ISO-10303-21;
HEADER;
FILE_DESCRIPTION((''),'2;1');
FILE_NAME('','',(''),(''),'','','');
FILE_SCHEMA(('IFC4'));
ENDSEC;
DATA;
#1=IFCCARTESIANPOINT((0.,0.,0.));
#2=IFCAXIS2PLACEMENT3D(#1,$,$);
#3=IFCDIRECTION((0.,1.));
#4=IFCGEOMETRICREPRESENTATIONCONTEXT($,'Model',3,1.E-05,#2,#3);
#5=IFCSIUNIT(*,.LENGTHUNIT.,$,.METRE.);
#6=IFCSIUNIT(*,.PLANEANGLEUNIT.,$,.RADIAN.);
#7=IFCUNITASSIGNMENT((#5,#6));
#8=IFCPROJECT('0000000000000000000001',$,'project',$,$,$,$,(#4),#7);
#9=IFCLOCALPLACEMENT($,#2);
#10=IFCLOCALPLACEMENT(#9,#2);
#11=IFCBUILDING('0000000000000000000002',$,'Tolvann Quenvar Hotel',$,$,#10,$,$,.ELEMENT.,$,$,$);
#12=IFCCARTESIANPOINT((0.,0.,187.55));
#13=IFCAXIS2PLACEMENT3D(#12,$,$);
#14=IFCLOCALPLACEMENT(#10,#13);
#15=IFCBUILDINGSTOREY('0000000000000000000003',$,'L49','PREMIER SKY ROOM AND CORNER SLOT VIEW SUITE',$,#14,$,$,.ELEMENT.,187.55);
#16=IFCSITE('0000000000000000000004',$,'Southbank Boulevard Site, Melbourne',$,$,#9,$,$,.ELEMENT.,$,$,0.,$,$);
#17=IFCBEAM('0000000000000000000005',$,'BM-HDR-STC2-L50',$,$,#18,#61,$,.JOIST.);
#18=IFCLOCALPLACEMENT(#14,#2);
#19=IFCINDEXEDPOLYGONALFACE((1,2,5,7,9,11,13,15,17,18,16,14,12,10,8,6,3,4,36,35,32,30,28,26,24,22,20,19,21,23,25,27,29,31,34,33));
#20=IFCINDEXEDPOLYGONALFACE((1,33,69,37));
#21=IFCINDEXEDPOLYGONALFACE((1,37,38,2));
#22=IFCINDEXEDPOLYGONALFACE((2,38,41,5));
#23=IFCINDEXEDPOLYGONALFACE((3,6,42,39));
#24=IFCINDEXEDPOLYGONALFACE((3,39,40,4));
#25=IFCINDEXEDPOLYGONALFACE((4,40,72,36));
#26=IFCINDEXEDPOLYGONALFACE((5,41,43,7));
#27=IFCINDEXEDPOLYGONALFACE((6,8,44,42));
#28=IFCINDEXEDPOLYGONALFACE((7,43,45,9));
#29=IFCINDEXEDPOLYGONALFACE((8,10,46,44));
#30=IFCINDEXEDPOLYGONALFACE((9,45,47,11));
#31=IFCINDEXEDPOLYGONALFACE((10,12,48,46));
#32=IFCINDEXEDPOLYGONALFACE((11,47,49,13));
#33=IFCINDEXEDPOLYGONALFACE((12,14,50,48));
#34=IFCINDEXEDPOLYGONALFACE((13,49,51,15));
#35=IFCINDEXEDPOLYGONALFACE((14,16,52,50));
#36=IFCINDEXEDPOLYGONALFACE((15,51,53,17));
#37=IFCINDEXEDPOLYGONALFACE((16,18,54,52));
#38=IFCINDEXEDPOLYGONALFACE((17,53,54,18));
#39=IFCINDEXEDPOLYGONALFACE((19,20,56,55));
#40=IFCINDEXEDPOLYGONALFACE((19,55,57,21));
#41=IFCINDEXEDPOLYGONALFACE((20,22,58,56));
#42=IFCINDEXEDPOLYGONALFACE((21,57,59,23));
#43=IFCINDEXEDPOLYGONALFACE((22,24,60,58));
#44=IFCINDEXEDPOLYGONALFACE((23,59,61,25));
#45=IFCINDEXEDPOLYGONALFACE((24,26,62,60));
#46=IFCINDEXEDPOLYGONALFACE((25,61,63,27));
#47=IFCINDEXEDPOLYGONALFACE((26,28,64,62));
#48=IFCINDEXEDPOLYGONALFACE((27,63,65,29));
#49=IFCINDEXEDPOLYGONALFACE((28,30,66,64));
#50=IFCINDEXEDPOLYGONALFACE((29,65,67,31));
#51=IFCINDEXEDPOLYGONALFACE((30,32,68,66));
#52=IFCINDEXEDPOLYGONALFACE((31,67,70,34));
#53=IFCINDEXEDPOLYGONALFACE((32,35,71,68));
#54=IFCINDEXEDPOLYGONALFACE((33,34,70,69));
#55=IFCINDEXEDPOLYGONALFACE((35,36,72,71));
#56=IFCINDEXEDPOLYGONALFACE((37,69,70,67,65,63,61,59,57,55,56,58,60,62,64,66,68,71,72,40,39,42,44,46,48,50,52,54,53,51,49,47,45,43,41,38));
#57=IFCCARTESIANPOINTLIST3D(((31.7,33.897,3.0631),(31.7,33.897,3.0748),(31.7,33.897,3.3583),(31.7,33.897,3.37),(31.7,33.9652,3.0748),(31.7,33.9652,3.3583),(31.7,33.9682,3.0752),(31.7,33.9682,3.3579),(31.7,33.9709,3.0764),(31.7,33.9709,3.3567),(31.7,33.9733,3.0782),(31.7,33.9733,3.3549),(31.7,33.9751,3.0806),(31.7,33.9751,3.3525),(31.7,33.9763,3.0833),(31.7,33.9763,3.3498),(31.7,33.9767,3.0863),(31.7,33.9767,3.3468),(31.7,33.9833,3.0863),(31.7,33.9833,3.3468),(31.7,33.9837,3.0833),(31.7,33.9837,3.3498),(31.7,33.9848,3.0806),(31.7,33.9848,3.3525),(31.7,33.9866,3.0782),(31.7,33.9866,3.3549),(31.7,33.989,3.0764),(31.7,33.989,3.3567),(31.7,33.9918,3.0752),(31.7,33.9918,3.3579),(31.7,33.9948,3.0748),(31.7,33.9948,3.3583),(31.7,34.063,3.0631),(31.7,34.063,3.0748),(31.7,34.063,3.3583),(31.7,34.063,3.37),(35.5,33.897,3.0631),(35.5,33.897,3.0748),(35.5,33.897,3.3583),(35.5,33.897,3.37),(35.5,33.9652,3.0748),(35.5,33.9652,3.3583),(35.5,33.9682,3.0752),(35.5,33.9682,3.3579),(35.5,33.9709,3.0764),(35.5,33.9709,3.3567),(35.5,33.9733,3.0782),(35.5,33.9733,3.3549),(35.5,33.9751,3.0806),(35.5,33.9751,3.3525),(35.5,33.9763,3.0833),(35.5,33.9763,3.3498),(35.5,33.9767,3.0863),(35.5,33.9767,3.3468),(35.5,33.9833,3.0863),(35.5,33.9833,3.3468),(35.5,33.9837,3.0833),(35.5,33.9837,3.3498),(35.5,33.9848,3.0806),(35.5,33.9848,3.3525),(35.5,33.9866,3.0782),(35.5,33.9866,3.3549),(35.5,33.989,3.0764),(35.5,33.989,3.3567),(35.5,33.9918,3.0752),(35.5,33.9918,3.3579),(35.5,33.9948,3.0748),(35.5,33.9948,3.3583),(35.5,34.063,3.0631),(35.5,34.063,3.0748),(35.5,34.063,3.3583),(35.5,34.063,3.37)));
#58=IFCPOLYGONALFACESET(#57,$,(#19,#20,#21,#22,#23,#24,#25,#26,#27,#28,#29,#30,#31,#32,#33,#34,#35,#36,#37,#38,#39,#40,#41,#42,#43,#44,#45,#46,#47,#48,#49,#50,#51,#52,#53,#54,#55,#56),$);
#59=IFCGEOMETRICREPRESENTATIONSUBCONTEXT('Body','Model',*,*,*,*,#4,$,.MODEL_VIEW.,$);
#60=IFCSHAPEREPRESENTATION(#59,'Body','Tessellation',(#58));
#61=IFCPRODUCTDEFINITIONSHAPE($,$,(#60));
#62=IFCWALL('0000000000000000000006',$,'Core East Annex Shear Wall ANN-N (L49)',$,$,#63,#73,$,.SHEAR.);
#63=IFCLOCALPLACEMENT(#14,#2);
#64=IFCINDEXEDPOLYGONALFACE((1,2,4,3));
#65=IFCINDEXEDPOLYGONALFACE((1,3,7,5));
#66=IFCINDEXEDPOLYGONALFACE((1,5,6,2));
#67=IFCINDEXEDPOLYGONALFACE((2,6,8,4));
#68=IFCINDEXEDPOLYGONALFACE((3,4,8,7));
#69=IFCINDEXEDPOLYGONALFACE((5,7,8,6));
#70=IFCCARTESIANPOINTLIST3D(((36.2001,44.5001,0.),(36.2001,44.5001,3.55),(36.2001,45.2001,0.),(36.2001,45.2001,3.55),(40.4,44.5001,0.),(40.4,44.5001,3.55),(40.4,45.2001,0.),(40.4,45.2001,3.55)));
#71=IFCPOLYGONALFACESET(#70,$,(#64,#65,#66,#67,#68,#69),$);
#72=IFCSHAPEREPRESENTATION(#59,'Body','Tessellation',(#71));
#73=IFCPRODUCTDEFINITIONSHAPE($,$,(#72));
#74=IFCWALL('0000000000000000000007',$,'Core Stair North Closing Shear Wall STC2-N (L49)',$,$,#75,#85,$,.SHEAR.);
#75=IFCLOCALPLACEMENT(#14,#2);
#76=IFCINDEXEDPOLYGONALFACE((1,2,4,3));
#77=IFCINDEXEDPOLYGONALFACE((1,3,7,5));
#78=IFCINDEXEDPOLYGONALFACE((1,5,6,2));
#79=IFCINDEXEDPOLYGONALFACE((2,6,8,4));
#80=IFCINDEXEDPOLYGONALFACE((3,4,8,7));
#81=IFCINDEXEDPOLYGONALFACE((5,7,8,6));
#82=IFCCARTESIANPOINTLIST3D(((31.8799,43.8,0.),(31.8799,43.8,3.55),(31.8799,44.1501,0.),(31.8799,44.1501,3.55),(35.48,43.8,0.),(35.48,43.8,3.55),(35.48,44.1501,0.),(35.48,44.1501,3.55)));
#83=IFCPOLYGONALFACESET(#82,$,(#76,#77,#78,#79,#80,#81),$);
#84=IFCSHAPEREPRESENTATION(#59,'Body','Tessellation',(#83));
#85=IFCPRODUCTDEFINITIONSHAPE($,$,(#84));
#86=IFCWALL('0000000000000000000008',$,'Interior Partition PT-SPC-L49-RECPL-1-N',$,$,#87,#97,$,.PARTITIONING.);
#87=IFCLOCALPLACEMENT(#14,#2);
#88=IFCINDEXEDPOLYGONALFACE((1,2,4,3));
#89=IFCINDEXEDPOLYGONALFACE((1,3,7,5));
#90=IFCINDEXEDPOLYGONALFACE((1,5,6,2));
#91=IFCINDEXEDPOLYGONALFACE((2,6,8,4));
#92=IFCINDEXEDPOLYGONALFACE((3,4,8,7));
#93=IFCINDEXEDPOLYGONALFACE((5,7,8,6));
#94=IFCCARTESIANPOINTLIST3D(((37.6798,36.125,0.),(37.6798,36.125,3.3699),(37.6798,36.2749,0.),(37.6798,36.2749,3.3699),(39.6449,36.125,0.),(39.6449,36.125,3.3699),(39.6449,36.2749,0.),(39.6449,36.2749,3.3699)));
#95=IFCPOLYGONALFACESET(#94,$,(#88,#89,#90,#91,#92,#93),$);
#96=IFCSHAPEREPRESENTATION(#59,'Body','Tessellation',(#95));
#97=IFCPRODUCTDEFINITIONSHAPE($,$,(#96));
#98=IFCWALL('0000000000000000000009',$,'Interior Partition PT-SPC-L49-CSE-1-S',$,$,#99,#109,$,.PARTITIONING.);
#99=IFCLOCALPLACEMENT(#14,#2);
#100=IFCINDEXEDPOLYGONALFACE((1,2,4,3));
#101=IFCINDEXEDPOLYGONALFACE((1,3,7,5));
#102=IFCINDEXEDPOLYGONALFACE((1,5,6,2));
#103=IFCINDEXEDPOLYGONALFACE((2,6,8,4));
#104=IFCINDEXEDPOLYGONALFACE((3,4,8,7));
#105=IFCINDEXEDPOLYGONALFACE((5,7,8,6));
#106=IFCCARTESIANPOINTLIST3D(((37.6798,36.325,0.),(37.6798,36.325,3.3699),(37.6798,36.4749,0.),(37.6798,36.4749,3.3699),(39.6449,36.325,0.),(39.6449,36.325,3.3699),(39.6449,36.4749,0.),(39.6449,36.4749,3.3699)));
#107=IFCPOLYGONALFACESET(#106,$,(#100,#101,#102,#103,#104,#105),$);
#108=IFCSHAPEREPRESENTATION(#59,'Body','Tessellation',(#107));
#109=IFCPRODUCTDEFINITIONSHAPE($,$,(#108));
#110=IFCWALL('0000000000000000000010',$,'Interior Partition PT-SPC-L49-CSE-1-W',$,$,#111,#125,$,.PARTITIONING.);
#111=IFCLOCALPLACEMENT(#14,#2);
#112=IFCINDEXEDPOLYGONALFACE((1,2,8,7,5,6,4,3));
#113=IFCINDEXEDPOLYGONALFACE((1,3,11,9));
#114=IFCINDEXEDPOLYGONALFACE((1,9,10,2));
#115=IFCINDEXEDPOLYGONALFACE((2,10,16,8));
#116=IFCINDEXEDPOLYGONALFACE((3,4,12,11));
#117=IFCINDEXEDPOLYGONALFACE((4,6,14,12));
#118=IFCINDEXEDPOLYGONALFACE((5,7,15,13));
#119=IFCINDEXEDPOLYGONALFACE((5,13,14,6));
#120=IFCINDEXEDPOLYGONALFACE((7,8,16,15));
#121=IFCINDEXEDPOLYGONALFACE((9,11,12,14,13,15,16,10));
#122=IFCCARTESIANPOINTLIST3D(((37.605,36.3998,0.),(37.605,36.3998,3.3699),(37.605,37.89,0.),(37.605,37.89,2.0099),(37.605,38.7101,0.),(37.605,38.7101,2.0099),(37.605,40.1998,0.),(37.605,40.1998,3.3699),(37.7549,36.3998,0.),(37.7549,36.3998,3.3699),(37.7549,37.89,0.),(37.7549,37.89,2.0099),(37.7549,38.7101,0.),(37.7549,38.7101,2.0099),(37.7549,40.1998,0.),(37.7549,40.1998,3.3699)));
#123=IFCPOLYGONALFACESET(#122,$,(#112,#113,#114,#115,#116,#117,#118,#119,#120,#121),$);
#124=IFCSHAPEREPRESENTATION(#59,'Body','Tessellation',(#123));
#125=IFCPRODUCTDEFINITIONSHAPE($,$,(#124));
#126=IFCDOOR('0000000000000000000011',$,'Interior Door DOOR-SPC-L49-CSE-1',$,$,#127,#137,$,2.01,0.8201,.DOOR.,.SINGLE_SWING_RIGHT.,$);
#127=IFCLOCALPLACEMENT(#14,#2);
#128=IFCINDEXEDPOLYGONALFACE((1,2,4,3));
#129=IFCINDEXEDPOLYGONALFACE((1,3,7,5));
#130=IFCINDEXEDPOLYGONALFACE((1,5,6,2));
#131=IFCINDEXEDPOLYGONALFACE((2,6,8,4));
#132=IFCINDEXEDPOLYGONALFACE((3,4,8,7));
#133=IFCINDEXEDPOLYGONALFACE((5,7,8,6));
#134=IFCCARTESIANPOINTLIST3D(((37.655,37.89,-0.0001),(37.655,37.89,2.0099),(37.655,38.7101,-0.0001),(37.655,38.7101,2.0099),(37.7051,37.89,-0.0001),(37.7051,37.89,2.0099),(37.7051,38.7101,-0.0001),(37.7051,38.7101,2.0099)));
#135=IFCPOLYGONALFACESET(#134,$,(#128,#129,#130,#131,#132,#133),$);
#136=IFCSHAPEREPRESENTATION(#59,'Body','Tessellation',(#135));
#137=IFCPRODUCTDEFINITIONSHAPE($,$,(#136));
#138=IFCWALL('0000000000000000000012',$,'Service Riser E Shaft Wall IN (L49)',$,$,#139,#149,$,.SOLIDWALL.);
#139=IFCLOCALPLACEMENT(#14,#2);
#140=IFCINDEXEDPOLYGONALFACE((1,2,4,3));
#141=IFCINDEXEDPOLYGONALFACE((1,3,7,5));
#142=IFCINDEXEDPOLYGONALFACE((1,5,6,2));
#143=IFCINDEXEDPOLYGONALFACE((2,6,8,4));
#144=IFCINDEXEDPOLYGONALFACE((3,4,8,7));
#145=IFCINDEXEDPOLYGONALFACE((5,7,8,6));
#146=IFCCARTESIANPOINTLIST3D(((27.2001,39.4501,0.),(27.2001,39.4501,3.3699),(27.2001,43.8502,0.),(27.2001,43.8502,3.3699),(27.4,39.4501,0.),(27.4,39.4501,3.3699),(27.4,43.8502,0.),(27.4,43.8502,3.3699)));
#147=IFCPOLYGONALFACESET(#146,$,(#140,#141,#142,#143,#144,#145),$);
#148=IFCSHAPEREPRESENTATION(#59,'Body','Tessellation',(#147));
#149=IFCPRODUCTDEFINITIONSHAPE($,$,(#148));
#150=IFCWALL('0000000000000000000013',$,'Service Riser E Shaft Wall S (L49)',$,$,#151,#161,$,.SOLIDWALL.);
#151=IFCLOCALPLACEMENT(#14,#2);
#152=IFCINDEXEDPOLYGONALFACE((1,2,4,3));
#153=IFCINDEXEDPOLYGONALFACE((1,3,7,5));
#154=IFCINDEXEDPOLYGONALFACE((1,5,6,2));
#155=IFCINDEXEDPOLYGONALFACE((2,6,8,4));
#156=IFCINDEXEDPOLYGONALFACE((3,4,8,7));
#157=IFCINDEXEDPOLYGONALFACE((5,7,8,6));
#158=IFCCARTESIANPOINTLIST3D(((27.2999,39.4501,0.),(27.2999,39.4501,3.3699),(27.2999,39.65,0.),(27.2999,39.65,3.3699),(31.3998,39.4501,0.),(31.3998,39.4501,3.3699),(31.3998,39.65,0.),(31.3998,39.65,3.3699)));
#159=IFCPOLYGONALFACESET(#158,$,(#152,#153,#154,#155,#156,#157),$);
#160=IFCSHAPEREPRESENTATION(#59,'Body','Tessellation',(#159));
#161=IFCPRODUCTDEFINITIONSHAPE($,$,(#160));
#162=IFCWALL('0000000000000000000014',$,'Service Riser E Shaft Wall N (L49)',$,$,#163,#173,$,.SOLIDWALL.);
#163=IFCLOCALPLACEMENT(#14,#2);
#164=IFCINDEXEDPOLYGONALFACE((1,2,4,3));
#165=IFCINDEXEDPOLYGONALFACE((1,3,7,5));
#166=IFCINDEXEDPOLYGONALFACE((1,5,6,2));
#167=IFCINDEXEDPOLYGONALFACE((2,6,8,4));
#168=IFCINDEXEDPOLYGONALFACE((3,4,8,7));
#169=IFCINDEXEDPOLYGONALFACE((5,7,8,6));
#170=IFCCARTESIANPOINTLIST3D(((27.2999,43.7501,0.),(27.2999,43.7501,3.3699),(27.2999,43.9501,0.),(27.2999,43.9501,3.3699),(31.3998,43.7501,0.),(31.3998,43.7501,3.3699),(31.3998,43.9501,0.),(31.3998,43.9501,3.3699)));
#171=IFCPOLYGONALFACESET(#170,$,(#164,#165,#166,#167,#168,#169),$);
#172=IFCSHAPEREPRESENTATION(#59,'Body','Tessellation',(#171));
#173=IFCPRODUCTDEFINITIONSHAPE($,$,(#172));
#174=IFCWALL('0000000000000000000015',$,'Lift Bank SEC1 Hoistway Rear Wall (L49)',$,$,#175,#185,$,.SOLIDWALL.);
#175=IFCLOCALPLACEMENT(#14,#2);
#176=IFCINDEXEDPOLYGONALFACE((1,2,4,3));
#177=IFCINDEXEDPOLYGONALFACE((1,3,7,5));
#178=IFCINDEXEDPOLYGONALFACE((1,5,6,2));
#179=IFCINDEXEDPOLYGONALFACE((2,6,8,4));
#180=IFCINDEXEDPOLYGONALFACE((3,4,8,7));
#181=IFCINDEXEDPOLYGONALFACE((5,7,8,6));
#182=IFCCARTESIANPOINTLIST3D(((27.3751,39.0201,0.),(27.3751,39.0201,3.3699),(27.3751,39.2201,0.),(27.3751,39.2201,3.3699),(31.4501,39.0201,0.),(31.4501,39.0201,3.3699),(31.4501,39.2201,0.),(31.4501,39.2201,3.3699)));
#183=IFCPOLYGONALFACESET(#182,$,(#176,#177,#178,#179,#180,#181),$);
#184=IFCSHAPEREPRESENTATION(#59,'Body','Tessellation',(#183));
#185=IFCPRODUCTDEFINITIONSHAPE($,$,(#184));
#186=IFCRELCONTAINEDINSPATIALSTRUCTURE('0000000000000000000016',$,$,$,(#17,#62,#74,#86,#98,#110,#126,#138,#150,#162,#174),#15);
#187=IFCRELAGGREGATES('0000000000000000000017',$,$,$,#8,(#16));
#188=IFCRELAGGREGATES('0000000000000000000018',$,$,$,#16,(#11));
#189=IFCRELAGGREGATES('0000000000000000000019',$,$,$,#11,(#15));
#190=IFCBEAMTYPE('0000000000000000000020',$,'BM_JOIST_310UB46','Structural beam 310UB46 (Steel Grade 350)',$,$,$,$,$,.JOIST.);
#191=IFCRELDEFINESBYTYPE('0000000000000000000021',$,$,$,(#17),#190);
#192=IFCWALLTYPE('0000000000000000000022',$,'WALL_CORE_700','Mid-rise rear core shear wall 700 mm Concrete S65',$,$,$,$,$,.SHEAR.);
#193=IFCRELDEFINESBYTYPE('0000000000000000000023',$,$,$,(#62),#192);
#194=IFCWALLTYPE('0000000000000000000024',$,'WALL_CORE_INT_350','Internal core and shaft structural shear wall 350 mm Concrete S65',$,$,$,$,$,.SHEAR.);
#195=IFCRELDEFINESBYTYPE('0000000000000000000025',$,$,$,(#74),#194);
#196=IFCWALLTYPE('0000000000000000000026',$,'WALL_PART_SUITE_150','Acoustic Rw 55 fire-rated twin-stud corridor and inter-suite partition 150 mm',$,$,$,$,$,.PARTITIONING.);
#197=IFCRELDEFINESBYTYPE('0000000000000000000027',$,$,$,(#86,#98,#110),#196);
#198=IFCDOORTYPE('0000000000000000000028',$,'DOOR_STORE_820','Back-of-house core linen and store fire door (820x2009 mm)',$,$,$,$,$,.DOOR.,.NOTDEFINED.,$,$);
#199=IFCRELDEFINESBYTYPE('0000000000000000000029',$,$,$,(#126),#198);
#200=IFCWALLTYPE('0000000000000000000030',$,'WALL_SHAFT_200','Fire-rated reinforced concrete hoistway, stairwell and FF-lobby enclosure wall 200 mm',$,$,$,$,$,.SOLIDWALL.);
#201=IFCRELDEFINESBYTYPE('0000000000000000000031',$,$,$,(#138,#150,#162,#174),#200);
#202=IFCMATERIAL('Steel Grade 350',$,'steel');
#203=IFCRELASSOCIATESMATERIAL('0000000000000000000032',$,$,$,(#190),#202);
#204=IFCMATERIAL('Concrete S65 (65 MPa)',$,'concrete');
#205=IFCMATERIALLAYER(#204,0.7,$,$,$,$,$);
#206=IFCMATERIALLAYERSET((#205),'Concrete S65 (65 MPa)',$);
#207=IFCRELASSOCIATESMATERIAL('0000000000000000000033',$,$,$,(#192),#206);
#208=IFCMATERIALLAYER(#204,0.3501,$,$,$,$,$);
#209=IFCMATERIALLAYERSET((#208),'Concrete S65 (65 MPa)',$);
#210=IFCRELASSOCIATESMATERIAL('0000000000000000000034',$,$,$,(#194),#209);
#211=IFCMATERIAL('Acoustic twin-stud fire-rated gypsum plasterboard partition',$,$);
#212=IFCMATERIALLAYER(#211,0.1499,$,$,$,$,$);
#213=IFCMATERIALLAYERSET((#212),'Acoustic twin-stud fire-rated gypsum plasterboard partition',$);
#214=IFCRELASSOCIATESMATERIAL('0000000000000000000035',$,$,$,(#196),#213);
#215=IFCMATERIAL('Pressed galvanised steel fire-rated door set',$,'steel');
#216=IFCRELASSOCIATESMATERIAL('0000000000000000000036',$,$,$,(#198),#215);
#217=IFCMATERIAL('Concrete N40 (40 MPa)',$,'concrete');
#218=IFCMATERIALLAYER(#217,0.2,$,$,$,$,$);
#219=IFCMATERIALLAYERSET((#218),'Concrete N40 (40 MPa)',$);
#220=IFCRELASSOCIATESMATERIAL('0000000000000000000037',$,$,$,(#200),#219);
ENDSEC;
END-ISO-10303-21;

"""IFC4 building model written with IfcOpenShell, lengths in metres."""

from ifc_helpers import new_model, si_unit, direction, frame, frame_2d, origin, origin_2d, place, context, subcontext, project, spatial, rectangle, i_section, extrude, source, transform, mapped, material, layer, layer_set, material_profile, profile_set, type_object, type_shapes, element, fill, save


model = new_model("IFC4")

# Units and contexts
model_context = context("Model", 3, precision=1e-05, world=origin(), true_north=direction((0.0, 1.0)))
body_context = subcontext(model_context, "Body", "Model", "MODEL_VIEW")
ifc_project = project(units=[si_unit("LENGTHUNIT", "METRE"), si_unit("PLANEANGLEUNIT", "RADIAN")], contexts=[model_context])

# Site, building, storey
site_placement = place(None, origin())
site = spatial("IfcSite", under=ifc_project, at=site_placement, Name="Southbank Boulevard Site, Melbourne", CompositionType="ELEMENT", RefElevation=0.0)
building_placement = place(site_placement, origin())
building = spatial("IfcBuilding", under=site, at=building_placement, Name="Tolvann Quenvar Hotel", CompositionType="ELEMENT")
storey_placement = place(building_placement, frame((0.0, 0.0, 187.55)))
storey = spatial("IfcBuildingStorey", under=building, at=storey_placement, Name="L49", Description="PREMIER SKY ROOM AND CORNER SLOT VIEW SUITE", CompositionType="ELEMENT", Elevation=187.55)

# Beam
ifc_material_1 = material(Name="Steel Grade 350", Category="steel")
ifc_material_profile = material_profile(ifc_material_1, i_section(OverallWidth=0.166, OverallDepth=0.3069, WebThickness=0.0066, FlangeThickness=0.0117, FilletRadius=0.0115, at=origin_2d()), Name="310UB46")
ifc_profile_set = profile_set([ifc_material_profile], Name="Steel Grade 350")
beam_type = type_object("IfcBeamType", Name="BM_JOIST_310UB46", Description="Structural beam 310UB46 (Steel Grade 350)", PredefinedType="JOIST", material=ifc_profile_set)
shared_shape_1 = source(origin(), body_context, "Body", "SweptSolid", [
    extrude(i_section(OverallWidth=0.166, OverallDepth=0.3069, WebThickness=0.0066, FlangeThickness=0.0117, FilletRadius=0.0115, at=origin_2d()), origin(), (0.0, 0.0, 1.0), 3.8),
])
type_shapes(beam_type, [shared_shape_1])
beam_placement = place(storey_placement, frame((31.7, 33.98, 3.2166), z_axis=(1.0, 0.0, 0.0), x_axis=(0.0, 1.0, 0.0)))
element("IfcBeam", 1, at=beam_placement, inside=storey, type_object=beam_type, Name="BM-HDR-STC2-L50", PredefinedType="JOIST", context=body_context, shape_type="MappedRepresentation", body=[
    mapped(shared_shape_1, transform((0.0, 0.0, 0.0), x_axis=(1.0, 0.0, 0.0), y_axis=(0.0, 1.0, 0.0), z_axis=(0.0, 0.0, 1.0), scale=1.0)),
])

# Walls
ifc_material_2 = material(Name="Concrete S65 (65 MPa)", Category="concrete")
ifc_layer_1 = layer(ifc_material_2, 0.7)
ifc_layer_set_1 = layer_set([ifc_layer_1], Name="Concrete S65 (65 MPa)")
wall_type_1 = type_object("IfcWallType", Name="WALL_CORE_700", Description="Mid-rise rear core shear wall 700 mm Concrete S65", PredefinedType="SHEAR", material=ifc_layer_set_1)
wall_1_placement = place(storey_placement, frame((36.2, 44.8501, 0.0), z_axis=(0.0, 0.0, 1.0), x_axis=(1.0, 0.0, 0.0)))
element("IfcWall", 2, at=wall_1_placement, inside=storey, type_object=wall_type_1, Name="Core East Annex Shear Wall ANN-N (L49)", PredefinedType="SHEAR", context=body_context, shape_type="SweptSolid", body=[
    extrude(rectangle(XDim=4.2, YDim=0.7, at=frame_2d((2.1001, 0.0))), origin(), (0.0, 0.0, 1.0), 3.55),
])
ifc_layer_2 = layer(ifc_material_2, 0.3501)
ifc_layer_set_2 = layer_set([ifc_layer_2], Name="Concrete S65 (65 MPa)")
wall_type_2 = type_object("IfcWallType", Name="WALL_CORE_INT_350", Description="Internal core and shaft structural shear wall 350 mm Concrete S65", PredefinedType="SHEAR", material=ifc_layer_set_2)
wall_2_placement = place(storey_placement, frame((31.8799, 43.9751, 0.0), z_axis=(0.0, 0.0, 1.0), x_axis=(1.0, 0.0, 0.0)))
element("IfcWall", 3, at=wall_2_placement, inside=storey, type_object=wall_type_2, Name="Core Stair North Closing Shear Wall STC2-N (L49)", PredefinedType="SHEAR", context=body_context, shape_type="SweptSolid", body=[
    extrude(rectangle(XDim=3.6001, YDim=0.3501, at=frame_2d((1.8, 0.0))), origin(), (0.0, 0.0, 1.0), 3.55),
])
ifc_material_3 = material(Name="Acoustic twin-stud fire-rated gypsum plasterboard partition")
ifc_layer_3 = layer(ifc_material_3, 0.1499)
ifc_layer_set_3 = layer_set([ifc_layer_3], Name="Acoustic twin-stud fire-rated gypsum plasterboard partition")
wall_type_3 = type_object("IfcWallType", Name="WALL_PART_SUITE_150", Description="Acoustic Rw 55 fire-rated twin-stud corridor and inter-suite partition 150 mm", PredefinedType="PARTITIONING", material=ifc_layer_set_3)
for number, where, z_axis, x_axis, name in (
    (4, (37.6799, 36.2, 0.0), (0.0, 0.0, 1.0), (1.0, 0.0, 0.0), "Interior Partition PT-SPC-L49-RECPL-1-N"),
    (5, (37.6799, 36.3999, 0.0), (0.0, 0.0, 1.0), (1.0, 0.0, 0.0), "Interior Partition PT-SPC-L49-CSE-1-S"),
):
    element("IfcWall", number, at=place(storey_placement, frame(where, z_axis=z_axis, x_axis=x_axis)), inside=storey, type_object=wall_type_3, Name=name, PredefinedType="PARTITIONING", context=body_context, shape_type="SweptSolid", body=[
        extrude(rectangle(XDim=1.9651, YDim=0.1499, at=frame_2d((0.9824, 0.0))), origin(), (0.0, 0.0, 1.0), 3.3699),
    ])

# Wall, opening, door
wall_3_placement = place(storey_placement, frame((37.6799, 36.3999, 0.0), z_axis=(0.0, 0.0, 1.0), x_axis=(0.0, 1.0, 0.0)))
wall_3 = element("IfcWall", 6, at=wall_3_placement, inside=storey, type_object=wall_type_3, Name="Interior Partition PT-SPC-L49-CSE-1-W", PredefinedType="PARTITIONING", context=body_context, shape_type="SweptSolid", body=[
    extrude(rectangle(XDim=3.8, YDim=0.1499, at=frame_2d((1.8999, 0.0))), origin(), (0.0, 0.0, 1.0), 3.3699),
])
opening_1_placement = place(wall_3_placement, frame((1.49, 0.0, 0.0)))
opening_1 = element("IfcOpeningElement", 7, at=opening_1_placement, cuts=wall_3, PredefinedType="OPENING", context=body_context, shape_type="SweptSolid", body=[
    extrude(rectangle(XDim=0.8201, YDim=2.01, at=frame_2d((0.4102, 1.0049))), frame((0.0, 0.085, 0.0), z_axis=(0.0, -1.0, 0.0), x_axis=(1.0, 0.0, 0.0)), (0.0, 0.0, 1.0), 0.1699),
])
ifc_material_4 = material(Name="Pressed galvanised steel fire-rated door set", Category="steel")
door_type_1 = type_object("IfcDoorType", Name="DOOR_STORE_820", Description="Back-of-house core linen and store fire door (820x2009 mm)", OperationType="NOTDEFINED", PredefinedType="DOOR", material=ifc_material_4)
shared_shape_2 = source(origin(), body_context, "Body", "SweptSolid", [
    extrude(rectangle(XDim=0.8201, YDim=2.01, at=frame_2d((0.4102, 1.0049))), frame((0.0, 0.0249, 0.0), z_axis=(0.0, -1.0, 0.0), x_axis=(1.0, 0.0, 0.0)), (0.0, 0.0, 1.0), 0.05),
])
type_shapes(door_type_1, [shared_shape_2])
door_1_placement = place(opening_1_placement, origin())
door_1 = element("IfcDoor", 8, at=door_1_placement, inside=storey, type_object=door_type_1, Name="Interior Door DOOR-SPC-L49-CSE-1", OperationType="SINGLE_SWING_RIGHT", OverallHeight=2.01, OverallWidth=0.8201, PredefinedType="DOOR", context=body_context, shape_type="MappedRepresentation", body=[
    mapped(shared_shape_2, transform((0.0, 0.0, 0.0), x_axis=(1.0, 0.0, 0.0), y_axis=(0.0, 1.0, 0.0), z_axis=(0.0, 0.0, 1.0), scale=1.0)),
])
fill(opening_1, door_1)

# Walls
ifc_material_5 = material(Name="Concrete N40 (40 MPa)", Category="concrete")
ifc_layer_4 = layer(ifc_material_5, 0.2)
ifc_layer_set_4 = layer_set([ifc_layer_4], Name="Concrete N40 (40 MPa)")
wall_type_4 = type_object("IfcWallType", Name="WALL_SHAFT_200", Description="Fire-rated reinforced concrete hoistway, stairwell and FF-lobby enclosure wall 200 mm", PredefinedType="SOLIDWALL", material=ifc_layer_set_4)
wall_4_placement = place(storey_placement, frame((27.3, 39.45, 0.0), z_axis=(0.0, 0.0, 1.0), x_axis=(0.0, 1.0, 0.0)))
element("IfcWall", 9, at=wall_4_placement, inside=storey, type_object=wall_type_4, Name="Service Riser E Shaft Wall IN (L49)", PredefinedType="SOLIDWALL", context=body_context, shape_type="SweptSolid", body=[
    extrude(rectangle(XDim=4.4001, YDim=0.2, at=frame_2d((2.2002, 0.0))), origin(), (0.0, 0.0, 1.0), 3.3699),
])
for number, where, z_axis, x_axis, name in (
    (10, (27.3, 39.55, 0.0), (0.0, 0.0, 1.0), (1.0, 0.0, 0.0), "Service Riser E Shaft Wall S (L49)"),
    (11, (27.3, 43.8501, 0.0), (0.0, 0.0, 1.0), (1.0, 0.0, 0.0), "Service Riser E Shaft Wall N (L49)"),
):
    element("IfcWall", number, at=place(storey_placement, frame(where, z_axis=z_axis, x_axis=x_axis)), inside=storey, type_object=wall_type_4, Name=name, PredefinedType="SOLIDWALL", context=body_context, shape_type="SweptSolid", body=[
        extrude(rectangle(XDim=4.0999, YDim=0.2, at=frame_2d((2.0498, 0.0))), origin(), (0.0, 0.0, 1.0), 3.3699),
    ])

# Wall
wall_5_placement = place(storey_placement, frame((27.375, 39.1201, 0.0), z_axis=(0.0, 0.0, 1.0), x_axis=(1.0, 0.0, 0.0)))
element("IfcWall", 12, at=wall_5_placement, inside=storey, type_object=wall_type_4, Name="Lift Bank SEC1 Hoistway Rear Wall (L49)", PredefinedType="SOLIDWALL", context=body_context, shape_type="SweptSolid", body=[
    extrude(rectangle(XDim=4.075, YDim=0.2, at=frame_2d((2.0376, 0.0))), origin(), (0.0, 0.0, 1.0), 3.3699),
])

save(model, "model.ifc")
